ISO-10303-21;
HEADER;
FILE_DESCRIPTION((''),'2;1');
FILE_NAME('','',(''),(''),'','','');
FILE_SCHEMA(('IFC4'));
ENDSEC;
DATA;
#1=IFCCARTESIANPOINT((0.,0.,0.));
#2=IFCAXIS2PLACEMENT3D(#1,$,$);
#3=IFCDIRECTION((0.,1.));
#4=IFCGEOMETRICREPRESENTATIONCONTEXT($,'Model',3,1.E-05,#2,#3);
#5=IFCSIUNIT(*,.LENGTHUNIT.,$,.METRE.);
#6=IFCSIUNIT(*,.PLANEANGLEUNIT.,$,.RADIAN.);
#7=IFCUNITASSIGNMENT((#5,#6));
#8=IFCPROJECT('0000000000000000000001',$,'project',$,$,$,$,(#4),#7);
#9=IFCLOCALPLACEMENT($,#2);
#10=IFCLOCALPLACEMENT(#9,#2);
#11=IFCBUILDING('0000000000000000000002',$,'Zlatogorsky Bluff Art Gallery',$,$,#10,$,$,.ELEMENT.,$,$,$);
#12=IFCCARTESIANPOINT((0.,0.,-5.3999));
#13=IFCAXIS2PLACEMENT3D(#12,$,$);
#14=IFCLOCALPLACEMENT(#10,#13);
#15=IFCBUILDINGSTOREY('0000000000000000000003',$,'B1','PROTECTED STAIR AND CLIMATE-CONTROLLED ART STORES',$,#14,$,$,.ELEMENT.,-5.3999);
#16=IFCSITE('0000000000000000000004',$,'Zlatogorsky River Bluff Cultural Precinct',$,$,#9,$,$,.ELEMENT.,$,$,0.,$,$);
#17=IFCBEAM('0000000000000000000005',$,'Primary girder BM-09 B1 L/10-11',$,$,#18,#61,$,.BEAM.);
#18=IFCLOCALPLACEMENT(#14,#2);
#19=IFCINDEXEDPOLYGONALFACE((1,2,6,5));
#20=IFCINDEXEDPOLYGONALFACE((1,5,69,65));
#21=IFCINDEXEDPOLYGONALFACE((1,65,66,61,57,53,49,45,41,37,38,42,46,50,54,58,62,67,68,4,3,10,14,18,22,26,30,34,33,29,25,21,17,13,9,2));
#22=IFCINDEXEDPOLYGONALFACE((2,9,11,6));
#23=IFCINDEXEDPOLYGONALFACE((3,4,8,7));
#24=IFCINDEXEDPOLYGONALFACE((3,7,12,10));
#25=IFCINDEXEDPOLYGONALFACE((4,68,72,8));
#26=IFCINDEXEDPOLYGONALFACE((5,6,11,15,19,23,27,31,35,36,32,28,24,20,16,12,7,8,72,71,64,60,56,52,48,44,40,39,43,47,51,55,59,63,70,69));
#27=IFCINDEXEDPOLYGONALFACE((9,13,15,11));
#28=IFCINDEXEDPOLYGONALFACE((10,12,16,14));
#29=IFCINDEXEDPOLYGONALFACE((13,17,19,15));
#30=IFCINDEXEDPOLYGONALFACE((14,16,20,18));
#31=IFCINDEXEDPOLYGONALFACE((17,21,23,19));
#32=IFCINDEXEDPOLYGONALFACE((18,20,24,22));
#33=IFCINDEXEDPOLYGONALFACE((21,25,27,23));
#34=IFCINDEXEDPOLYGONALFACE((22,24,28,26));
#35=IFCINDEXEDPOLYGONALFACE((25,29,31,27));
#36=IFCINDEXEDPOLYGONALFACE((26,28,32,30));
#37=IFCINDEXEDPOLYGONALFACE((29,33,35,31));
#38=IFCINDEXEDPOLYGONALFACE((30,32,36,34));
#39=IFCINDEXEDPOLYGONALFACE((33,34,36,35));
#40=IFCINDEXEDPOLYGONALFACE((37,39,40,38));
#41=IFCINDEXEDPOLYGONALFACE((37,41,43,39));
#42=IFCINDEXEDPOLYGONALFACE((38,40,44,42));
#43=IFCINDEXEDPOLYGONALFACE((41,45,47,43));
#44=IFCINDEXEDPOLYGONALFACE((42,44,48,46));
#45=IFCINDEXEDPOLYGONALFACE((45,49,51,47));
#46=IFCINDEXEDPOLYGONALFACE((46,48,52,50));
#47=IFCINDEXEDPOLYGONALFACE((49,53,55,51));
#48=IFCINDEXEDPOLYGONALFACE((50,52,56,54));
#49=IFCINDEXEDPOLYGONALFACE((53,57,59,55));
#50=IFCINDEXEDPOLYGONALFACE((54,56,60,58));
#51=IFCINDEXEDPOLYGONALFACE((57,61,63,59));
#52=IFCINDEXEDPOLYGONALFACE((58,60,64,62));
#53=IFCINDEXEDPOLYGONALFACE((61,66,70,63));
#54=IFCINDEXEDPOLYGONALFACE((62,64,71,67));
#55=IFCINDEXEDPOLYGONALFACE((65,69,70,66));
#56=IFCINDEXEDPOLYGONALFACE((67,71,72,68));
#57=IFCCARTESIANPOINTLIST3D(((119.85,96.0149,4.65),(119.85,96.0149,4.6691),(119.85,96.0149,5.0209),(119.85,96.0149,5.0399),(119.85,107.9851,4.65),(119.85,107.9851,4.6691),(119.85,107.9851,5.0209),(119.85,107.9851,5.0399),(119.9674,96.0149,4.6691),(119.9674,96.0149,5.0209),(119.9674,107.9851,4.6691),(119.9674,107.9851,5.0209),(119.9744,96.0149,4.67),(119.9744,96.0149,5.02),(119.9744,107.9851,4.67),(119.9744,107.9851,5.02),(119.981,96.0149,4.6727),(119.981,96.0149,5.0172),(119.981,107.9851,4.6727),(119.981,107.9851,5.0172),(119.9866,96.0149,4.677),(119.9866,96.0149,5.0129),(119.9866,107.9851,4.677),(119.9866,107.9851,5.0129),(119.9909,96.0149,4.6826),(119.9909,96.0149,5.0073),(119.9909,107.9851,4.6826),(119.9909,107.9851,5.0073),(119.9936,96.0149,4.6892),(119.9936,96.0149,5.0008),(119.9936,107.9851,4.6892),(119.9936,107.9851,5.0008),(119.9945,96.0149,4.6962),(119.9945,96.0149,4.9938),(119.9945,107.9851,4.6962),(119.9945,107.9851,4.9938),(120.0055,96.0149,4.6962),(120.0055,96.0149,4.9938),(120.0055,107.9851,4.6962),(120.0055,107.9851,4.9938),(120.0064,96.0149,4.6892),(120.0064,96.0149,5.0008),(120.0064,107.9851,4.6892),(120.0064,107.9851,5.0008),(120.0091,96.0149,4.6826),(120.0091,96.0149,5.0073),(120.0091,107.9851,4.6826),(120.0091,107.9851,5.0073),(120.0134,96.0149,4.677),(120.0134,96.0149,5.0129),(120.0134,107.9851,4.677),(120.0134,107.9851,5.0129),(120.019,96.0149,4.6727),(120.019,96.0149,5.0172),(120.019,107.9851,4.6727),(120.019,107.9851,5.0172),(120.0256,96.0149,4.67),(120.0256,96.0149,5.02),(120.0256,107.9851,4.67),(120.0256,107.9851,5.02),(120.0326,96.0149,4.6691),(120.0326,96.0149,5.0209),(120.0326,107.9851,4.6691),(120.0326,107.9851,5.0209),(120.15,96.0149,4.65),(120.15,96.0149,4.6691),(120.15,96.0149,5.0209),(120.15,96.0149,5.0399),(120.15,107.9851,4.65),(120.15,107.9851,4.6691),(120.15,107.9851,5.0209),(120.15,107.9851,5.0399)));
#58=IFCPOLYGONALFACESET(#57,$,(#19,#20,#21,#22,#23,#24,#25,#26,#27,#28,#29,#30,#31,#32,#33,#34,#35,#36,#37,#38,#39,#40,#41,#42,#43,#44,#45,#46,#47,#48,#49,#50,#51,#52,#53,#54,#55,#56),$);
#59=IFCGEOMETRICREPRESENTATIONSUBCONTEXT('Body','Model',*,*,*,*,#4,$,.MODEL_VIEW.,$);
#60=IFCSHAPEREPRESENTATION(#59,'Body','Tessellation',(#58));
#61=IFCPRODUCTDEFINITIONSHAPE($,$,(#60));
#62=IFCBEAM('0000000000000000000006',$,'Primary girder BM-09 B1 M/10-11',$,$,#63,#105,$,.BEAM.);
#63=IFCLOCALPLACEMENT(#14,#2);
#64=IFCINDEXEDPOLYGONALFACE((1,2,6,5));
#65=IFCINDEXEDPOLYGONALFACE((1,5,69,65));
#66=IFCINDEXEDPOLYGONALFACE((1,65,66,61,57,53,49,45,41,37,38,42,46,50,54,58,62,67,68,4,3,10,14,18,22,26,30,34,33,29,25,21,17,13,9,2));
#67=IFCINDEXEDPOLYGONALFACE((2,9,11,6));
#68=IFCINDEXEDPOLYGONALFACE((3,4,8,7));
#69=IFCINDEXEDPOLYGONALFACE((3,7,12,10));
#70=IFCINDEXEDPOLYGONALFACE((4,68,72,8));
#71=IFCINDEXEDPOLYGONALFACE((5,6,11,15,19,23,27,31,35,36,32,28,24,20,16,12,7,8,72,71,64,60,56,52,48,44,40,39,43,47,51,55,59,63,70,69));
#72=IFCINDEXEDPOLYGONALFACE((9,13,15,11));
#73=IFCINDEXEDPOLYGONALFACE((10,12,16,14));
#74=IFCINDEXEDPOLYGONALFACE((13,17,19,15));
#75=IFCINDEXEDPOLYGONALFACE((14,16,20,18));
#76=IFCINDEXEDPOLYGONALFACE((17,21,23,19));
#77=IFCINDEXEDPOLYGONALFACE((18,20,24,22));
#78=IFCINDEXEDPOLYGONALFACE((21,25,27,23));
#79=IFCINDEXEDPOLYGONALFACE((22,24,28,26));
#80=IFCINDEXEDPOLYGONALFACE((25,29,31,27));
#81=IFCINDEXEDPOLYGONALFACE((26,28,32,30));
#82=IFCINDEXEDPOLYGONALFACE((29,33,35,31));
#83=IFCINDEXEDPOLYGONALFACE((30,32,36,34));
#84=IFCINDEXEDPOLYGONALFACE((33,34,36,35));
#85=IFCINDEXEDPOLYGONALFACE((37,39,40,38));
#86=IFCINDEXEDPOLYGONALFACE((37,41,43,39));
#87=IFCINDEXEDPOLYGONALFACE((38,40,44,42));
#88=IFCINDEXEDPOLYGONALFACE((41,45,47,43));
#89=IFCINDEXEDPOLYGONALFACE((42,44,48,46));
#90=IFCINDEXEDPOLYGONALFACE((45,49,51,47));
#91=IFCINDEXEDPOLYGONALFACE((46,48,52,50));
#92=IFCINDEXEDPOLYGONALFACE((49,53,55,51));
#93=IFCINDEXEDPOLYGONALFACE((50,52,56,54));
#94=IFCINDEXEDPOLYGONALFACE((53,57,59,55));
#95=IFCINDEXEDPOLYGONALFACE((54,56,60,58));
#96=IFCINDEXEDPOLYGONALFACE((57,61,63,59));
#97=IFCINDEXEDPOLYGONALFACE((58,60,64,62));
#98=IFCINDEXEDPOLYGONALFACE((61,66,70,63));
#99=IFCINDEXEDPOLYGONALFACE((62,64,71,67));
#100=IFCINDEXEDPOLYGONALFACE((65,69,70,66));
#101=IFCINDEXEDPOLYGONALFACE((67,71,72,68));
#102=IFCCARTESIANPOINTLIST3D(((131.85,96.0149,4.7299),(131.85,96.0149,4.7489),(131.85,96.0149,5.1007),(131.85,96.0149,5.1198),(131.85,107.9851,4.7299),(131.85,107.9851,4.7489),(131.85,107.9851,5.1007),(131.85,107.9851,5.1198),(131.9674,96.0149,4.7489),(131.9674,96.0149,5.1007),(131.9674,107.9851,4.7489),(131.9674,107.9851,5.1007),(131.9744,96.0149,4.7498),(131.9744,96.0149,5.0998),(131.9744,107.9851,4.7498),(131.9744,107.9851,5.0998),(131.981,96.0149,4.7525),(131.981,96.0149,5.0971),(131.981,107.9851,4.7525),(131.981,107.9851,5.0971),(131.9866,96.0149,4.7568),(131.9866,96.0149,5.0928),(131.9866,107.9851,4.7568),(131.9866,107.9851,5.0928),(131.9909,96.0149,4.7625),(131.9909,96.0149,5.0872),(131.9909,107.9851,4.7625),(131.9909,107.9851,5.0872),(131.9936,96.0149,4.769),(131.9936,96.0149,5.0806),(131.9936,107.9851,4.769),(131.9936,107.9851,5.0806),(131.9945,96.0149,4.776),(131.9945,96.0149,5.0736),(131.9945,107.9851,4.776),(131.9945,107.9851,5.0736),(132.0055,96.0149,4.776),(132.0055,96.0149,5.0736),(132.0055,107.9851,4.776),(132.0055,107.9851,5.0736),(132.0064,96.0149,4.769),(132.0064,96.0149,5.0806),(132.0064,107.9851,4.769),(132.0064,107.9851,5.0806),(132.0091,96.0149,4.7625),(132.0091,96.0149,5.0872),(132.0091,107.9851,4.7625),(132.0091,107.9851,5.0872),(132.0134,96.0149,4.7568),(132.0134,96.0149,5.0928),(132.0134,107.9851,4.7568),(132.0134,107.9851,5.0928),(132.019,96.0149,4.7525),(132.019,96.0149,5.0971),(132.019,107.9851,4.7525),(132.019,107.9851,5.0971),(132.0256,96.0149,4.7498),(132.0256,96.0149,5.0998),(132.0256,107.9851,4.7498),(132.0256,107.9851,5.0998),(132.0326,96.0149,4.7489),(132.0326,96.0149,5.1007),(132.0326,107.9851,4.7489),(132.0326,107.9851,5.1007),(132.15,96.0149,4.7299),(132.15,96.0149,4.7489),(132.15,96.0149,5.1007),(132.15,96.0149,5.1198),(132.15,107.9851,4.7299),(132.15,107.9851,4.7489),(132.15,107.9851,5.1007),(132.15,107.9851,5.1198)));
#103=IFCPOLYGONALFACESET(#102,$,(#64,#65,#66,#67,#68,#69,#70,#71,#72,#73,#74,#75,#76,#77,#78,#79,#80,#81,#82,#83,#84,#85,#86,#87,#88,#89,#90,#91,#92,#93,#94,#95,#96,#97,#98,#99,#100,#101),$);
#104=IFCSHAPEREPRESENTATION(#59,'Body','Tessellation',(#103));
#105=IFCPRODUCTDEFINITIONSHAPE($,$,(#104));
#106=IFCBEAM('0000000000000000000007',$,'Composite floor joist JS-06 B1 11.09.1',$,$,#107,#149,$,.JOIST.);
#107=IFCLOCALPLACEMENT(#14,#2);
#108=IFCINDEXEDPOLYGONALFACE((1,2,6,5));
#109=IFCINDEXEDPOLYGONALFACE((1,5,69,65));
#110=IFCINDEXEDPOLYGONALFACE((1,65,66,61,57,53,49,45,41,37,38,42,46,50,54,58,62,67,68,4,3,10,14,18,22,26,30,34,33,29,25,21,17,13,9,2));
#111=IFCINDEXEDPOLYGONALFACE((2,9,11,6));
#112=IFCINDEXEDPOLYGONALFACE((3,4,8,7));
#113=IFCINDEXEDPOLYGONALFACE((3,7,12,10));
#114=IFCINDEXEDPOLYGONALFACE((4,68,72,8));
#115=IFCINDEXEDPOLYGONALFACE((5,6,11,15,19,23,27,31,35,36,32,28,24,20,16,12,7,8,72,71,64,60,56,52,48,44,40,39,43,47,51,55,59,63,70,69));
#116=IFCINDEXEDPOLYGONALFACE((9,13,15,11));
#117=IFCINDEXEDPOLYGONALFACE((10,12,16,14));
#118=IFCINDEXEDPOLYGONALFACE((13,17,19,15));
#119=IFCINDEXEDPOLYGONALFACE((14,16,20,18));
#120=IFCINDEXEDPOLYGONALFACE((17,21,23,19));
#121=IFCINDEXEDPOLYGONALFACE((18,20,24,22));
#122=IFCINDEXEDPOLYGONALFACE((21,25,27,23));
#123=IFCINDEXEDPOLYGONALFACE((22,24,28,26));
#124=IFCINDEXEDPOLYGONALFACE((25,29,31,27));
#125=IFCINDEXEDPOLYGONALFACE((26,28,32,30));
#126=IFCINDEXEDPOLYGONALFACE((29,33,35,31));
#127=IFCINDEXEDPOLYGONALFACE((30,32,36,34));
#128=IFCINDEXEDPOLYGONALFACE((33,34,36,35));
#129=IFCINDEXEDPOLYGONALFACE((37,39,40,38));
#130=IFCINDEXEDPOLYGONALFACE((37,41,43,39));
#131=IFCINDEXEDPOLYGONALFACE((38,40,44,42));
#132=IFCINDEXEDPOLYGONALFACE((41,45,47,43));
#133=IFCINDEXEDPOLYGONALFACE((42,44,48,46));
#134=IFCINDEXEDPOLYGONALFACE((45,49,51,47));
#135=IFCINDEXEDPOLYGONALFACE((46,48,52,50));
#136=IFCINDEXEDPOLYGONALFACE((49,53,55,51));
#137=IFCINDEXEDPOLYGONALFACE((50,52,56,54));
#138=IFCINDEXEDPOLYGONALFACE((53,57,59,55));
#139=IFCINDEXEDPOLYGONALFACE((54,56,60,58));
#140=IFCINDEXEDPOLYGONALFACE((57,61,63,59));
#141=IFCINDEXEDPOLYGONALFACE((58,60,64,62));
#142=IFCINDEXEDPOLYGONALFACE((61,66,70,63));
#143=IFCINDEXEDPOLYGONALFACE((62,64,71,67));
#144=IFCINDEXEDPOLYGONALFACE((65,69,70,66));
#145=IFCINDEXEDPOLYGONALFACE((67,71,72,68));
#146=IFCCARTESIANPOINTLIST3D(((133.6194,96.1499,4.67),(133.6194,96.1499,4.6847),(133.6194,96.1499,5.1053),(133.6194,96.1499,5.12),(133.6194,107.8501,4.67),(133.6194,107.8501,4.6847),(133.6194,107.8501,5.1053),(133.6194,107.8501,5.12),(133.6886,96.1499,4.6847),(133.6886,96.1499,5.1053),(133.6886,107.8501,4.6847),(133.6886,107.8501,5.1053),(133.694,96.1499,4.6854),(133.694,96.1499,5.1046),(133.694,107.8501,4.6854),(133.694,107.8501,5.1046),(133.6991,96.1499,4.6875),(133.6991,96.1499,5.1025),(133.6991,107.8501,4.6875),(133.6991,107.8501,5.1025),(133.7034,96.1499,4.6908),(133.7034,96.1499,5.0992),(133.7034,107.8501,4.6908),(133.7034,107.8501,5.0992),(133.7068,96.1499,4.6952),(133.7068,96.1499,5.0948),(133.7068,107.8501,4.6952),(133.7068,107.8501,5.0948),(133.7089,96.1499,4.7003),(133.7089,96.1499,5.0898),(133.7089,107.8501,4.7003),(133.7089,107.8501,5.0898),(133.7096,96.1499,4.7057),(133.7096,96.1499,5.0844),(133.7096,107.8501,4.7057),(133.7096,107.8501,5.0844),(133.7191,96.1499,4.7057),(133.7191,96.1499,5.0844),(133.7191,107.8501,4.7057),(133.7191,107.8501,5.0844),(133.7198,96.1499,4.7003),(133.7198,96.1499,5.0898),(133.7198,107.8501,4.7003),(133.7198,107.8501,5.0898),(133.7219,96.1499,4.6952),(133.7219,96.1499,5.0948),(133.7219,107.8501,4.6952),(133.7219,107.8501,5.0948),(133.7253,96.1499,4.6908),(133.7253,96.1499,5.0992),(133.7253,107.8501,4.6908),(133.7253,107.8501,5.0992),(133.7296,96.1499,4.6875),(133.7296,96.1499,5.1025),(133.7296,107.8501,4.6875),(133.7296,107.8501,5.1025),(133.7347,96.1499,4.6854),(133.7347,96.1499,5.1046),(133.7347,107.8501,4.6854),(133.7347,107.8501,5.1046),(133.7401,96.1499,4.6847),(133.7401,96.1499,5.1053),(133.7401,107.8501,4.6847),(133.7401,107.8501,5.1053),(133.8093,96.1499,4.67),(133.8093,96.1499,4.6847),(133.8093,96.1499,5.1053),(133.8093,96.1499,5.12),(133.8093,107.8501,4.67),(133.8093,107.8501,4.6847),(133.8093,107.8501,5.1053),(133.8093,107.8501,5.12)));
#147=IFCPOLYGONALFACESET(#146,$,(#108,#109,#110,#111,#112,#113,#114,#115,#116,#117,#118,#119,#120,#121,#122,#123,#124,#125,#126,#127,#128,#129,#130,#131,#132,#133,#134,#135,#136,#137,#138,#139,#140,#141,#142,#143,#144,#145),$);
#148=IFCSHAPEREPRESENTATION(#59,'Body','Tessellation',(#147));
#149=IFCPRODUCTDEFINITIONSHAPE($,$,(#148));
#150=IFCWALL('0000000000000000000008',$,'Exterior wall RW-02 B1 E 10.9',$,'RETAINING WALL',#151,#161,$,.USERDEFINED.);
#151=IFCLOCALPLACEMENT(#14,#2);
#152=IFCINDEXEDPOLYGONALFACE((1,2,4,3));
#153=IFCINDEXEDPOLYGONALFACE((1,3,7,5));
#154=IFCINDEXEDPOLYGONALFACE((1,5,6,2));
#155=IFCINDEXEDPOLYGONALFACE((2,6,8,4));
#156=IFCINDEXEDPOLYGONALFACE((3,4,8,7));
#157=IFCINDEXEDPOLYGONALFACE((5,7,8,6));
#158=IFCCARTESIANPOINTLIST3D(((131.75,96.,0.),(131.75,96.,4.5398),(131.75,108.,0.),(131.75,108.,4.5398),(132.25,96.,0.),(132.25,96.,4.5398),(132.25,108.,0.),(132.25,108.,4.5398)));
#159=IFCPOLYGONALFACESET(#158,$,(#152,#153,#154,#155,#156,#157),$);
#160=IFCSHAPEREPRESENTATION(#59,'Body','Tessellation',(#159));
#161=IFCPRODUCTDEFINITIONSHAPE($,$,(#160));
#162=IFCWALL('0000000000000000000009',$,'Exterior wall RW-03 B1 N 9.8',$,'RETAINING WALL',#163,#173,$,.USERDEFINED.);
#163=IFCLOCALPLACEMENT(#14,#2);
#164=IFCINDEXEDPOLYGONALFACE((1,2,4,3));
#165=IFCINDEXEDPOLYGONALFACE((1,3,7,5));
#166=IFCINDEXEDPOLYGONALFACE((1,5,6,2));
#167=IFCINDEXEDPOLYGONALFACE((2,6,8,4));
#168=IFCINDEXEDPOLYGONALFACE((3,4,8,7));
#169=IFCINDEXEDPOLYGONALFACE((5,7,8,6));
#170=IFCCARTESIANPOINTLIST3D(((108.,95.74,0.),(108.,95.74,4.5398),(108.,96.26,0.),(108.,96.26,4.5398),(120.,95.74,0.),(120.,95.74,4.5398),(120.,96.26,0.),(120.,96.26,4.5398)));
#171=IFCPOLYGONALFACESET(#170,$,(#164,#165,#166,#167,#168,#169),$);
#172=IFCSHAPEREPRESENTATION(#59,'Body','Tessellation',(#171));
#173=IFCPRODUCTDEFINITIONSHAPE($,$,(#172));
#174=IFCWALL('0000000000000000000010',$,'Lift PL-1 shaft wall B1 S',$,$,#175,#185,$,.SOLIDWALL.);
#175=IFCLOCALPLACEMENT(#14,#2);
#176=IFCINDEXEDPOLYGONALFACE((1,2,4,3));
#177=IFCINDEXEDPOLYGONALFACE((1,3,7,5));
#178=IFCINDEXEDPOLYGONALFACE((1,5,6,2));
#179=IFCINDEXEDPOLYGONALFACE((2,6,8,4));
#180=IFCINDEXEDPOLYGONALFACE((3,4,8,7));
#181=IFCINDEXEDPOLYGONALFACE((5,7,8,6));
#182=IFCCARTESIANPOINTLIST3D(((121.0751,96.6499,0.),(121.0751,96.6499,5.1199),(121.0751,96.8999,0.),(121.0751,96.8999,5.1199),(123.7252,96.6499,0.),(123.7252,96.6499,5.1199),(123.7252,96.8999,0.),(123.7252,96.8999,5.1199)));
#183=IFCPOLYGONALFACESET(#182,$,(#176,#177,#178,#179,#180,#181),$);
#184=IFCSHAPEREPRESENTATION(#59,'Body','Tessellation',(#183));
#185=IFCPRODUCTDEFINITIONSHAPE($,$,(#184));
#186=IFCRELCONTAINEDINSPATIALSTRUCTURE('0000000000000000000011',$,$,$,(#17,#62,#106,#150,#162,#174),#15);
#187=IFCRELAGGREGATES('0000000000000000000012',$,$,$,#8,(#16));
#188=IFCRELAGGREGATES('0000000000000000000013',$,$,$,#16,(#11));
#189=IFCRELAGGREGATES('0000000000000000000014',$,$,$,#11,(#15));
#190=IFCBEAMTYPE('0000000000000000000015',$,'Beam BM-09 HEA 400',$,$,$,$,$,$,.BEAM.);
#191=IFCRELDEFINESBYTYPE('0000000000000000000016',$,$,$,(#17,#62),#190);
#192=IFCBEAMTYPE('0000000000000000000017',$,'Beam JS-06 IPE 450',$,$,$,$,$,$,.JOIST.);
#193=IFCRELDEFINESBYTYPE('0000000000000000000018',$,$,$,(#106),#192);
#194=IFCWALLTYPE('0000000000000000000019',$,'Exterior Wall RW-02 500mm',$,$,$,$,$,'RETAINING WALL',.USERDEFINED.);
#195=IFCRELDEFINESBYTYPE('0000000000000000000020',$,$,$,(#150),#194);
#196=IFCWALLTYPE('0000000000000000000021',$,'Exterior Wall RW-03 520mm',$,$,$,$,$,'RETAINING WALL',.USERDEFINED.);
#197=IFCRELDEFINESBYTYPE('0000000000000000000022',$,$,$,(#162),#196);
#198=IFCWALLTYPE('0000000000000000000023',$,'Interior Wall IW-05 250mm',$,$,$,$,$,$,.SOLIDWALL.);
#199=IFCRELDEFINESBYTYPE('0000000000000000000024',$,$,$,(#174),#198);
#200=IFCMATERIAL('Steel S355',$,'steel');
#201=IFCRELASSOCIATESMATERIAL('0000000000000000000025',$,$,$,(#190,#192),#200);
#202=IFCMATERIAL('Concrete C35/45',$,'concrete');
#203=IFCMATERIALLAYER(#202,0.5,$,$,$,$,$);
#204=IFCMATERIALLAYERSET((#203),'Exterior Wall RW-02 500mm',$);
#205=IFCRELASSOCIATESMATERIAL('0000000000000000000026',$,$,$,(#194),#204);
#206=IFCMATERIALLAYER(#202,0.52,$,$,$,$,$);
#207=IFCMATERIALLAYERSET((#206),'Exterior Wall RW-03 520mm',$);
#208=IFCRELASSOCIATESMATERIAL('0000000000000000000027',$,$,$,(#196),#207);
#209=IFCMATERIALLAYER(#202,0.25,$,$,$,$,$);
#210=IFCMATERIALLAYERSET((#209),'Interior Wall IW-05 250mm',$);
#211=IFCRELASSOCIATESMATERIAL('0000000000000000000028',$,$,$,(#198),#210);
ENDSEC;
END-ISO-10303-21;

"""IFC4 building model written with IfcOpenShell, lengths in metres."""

from ifc_helpers import new_model, si_unit, direction, frame, frame_2d, origin, origin_2d, place, context, subcontext, project, spatial, rectangle, i_section, extrude, material, layer, layer_set, material_profile, profile_set, type_object, element, save


model = new_model("IFC4")

# Units and contexts
model_context = context("Model", 3, precision=1e-05, world=origin(), true_north=direction((0.0, 1.0)))
body_context = subcontext(model_context, "Body", "Model", "MODEL_VIEW")
ifc_project = project(units=[si_unit("LENGTHUNIT", "METRE"), si_unit("PLANEANGLEUNIT", "RADIAN")], contexts=[model_context])

# Site, building, storey
site_placement = place(None, origin())
site = spatial("IfcSite", under=ifc_project, at=site_placement, Name="Zlatogorsky River Bluff Cultural Precinct", CompositionType="ELEMENT", RefElevation=0.0)
building_placement = place(site_placement, origin())
building = spatial("IfcBuilding", under=site, at=building_placement, Name="Zlatogorsky Bluff Art Gallery", CompositionType="ELEMENT")
storey_placement = place(building_placement, frame((0.0, 0.0, -5.3999)))
storey = spatial("IfcBuildingStorey", under=building, at=storey_placement, Name="B1", Description="PROTECTED STAIR AND CLIMATE-CONTROLLED ART STORES", CompositionType="ELEMENT", Elevation=-5.3999)

# Shared definitions
ifc_material_1 = material(Name="Concrete C35/45", Category="concrete")

# Shared definitions
ifc_material_2 = material(Name="Steel S355", Category="steel")

# Beams
ifc_material_profile_1 = material_profile(ifc_material_2, i_section(OverallWidth=0.3, OverallDepth=0.3899, WebThickness=0.011, FlangeThickness=0.019, FilletRadius=0.0271, at=origin_2d()), Name="HEA 400")
ifc_profile_set_1 = profile_set([ifc_material_profile_1], Name="Steel S355")
beam_type_1 = type_object("IfcBeamType", Name="Beam BM-09 HEA 400", PredefinedType="BEAM", material=ifc_profile_set_1)
for number, where, z_axis, x_axis, name in (
    (1, (120.0, 96.0149, 4.845), (0.0, 1.0, 0.0), (-1.0, 0.0, 0.0), "Primary girder BM-09 B1 L/10-11"),
    (2, (132.0, 96.0149, 4.9248), (0.0, 1.0, 0.0), (-1.0, 0.0, 0.0), "Primary girder BM-09 B1 M/10-11"),
):
    element("IfcBeam", number, at=place(storey_placement, frame(where, z_axis=z_axis, x_axis=x_axis)), inside=storey, type_object=beam_type_1, Name=name, PredefinedType="BEAM", context=body_context, shape_type="SweptSolid", body=[
        extrude(i_section(OverallWidth=0.3, OverallDepth=0.3899, WebThickness=0.011, FlangeThickness=0.019, FilletRadius=0.0271, at=origin_2d()), origin(), (0.0, 0.0, 1.0), 11.9702),
    ])
ifc_material_profile_2 = material_profile(ifc_material_2, i_section(OverallWidth=0.1899, OverallDepth=0.45, WebThickness=0.0095, FlangeThickness=0.0146, FilletRadius=0.021, at=origin_2d()), Name="IPE 450")
ifc_profile_set_2 = profile_set([ifc_material_profile_2], Name="Steel S355")
beam_type_2 = type_object("IfcBeamType", Name="Beam JS-06 IPE 450", PredefinedType="JOIST", material=ifc_profile_set_2)
beam_placement = place(storey_placement, frame((133.7144, 96.1499, 4.895), z_axis=(0.0, 1.0, 0.0), x_axis=(-1.0, 0.0, 0.0)))
element("IfcBeam", 3, at=beam_placement, inside=storey, type_object=beam_type_2, Name="Composite floor joist JS-06 B1 11.09.1", PredefinedType="JOIST", context=body_context, shape_type="SweptSolid", body=[
    extrude(i_section(OverallWidth=0.1899, OverallDepth=0.45, WebThickness=0.0095, FlangeThickness=0.0146, FilletRadius=0.021, at=origin_2d()), origin(), (0.0, 0.0, 1.0), 11.7002),
])

# Walls
ifc_layer_1 = layer(ifc_material_1, 0.5)
ifc_layer_set_1 = layer_set([ifc_layer_1], Name="Exterior Wall RW-02 500mm")
wall_type_1 = type_object("IfcWallType", Name="Exterior Wall RW-02 500mm", ElementType="RETAINING WALL", PredefinedType="USERDEFINED", material=ifc_layer_set_1)
wall_1_placement = place(storey_placement, frame((132.0, 96.0, 0.0), z_axis=(0.0, 0.0, 1.0), x_axis=(0.0, 1.0, 0.0)))
element("IfcWall", 4, at=wall_1_placement, inside=storey, type_object=wall_type_1, Name="Exterior wall RW-02 B1 E 10.9", ObjectType="RETAINING WALL", PredefinedType="USERDEFINED", context=body_context, shape_type="SweptSolid", body=[
    extrude(rectangle(XDim=12.0, YDim=0.5, at=frame_2d((6.0, 0.0))), origin(), (0.0, 0.0, 1.0), 4.5398),
])
ifc_layer_2 = layer(ifc_material_1, 0.52)
ifc_layer_set_2 = layer_set([ifc_layer_2], Name="Exterior Wall RW-03 520mm")
wall_type_2 = type_object("IfcWallType", Name="Exterior Wall RW-03 520mm", ElementType="RETAINING WALL", PredefinedType="USERDEFINED", material=ifc_layer_set_2)
wall_2_placement = place(storey_placement, frame((120.0, 96.0, 0.0), z_axis=(0.0, 0.0, 1.0), x_axis=(-1.0, 0.0, 0.0)))
element("IfcWall", 5, at=wall_2_placement, inside=storey, type_object=wall_type_2, Name="Exterior wall RW-03 B1 N 9.8", ObjectType="RETAINING WALL", PredefinedType="USERDEFINED", context=body_context, shape_type="SweptSolid", body=[
    extrude(rectangle(XDim=12.0, YDim=0.52, at=frame_2d((6.0, 0.0))), origin(), (0.0, 0.0, 1.0), 4.5398),
])
ifc_layer_3 = layer(ifc_material_1, 0.25)
ifc_layer_set_3 = layer_set([ifc_layer_3], Name="Interior Wall IW-05 250mm")
wall_type_3 = type_object("IfcWallType", Name="Interior Wall IW-05 250mm", PredefinedType="SOLIDWALL", material=ifc_layer_set_3)
wall_3_placement = place(storey_placement, frame((121.075, 96.7749, 0.0), z_axis=(0.0, 0.0, 1.0), x_axis=(1.0, 0.0, 0.0)))
element("IfcWall", 6, at=wall_3_placement, inside=storey, type_object=wall_type_3, Name="Lift PL-1 shaft wall B1 S", PredefinedType="SOLIDWALL", context=body_context, shape_type="SweptSolid", body=[
    extrude(rectangle(XDim=2.6501, YDim=0.25, at=frame_2d((1.3252, 0.0))), origin(), (0.0, 0.0, 1.0), 5.1199),
])

save(model, "model.ifc")
